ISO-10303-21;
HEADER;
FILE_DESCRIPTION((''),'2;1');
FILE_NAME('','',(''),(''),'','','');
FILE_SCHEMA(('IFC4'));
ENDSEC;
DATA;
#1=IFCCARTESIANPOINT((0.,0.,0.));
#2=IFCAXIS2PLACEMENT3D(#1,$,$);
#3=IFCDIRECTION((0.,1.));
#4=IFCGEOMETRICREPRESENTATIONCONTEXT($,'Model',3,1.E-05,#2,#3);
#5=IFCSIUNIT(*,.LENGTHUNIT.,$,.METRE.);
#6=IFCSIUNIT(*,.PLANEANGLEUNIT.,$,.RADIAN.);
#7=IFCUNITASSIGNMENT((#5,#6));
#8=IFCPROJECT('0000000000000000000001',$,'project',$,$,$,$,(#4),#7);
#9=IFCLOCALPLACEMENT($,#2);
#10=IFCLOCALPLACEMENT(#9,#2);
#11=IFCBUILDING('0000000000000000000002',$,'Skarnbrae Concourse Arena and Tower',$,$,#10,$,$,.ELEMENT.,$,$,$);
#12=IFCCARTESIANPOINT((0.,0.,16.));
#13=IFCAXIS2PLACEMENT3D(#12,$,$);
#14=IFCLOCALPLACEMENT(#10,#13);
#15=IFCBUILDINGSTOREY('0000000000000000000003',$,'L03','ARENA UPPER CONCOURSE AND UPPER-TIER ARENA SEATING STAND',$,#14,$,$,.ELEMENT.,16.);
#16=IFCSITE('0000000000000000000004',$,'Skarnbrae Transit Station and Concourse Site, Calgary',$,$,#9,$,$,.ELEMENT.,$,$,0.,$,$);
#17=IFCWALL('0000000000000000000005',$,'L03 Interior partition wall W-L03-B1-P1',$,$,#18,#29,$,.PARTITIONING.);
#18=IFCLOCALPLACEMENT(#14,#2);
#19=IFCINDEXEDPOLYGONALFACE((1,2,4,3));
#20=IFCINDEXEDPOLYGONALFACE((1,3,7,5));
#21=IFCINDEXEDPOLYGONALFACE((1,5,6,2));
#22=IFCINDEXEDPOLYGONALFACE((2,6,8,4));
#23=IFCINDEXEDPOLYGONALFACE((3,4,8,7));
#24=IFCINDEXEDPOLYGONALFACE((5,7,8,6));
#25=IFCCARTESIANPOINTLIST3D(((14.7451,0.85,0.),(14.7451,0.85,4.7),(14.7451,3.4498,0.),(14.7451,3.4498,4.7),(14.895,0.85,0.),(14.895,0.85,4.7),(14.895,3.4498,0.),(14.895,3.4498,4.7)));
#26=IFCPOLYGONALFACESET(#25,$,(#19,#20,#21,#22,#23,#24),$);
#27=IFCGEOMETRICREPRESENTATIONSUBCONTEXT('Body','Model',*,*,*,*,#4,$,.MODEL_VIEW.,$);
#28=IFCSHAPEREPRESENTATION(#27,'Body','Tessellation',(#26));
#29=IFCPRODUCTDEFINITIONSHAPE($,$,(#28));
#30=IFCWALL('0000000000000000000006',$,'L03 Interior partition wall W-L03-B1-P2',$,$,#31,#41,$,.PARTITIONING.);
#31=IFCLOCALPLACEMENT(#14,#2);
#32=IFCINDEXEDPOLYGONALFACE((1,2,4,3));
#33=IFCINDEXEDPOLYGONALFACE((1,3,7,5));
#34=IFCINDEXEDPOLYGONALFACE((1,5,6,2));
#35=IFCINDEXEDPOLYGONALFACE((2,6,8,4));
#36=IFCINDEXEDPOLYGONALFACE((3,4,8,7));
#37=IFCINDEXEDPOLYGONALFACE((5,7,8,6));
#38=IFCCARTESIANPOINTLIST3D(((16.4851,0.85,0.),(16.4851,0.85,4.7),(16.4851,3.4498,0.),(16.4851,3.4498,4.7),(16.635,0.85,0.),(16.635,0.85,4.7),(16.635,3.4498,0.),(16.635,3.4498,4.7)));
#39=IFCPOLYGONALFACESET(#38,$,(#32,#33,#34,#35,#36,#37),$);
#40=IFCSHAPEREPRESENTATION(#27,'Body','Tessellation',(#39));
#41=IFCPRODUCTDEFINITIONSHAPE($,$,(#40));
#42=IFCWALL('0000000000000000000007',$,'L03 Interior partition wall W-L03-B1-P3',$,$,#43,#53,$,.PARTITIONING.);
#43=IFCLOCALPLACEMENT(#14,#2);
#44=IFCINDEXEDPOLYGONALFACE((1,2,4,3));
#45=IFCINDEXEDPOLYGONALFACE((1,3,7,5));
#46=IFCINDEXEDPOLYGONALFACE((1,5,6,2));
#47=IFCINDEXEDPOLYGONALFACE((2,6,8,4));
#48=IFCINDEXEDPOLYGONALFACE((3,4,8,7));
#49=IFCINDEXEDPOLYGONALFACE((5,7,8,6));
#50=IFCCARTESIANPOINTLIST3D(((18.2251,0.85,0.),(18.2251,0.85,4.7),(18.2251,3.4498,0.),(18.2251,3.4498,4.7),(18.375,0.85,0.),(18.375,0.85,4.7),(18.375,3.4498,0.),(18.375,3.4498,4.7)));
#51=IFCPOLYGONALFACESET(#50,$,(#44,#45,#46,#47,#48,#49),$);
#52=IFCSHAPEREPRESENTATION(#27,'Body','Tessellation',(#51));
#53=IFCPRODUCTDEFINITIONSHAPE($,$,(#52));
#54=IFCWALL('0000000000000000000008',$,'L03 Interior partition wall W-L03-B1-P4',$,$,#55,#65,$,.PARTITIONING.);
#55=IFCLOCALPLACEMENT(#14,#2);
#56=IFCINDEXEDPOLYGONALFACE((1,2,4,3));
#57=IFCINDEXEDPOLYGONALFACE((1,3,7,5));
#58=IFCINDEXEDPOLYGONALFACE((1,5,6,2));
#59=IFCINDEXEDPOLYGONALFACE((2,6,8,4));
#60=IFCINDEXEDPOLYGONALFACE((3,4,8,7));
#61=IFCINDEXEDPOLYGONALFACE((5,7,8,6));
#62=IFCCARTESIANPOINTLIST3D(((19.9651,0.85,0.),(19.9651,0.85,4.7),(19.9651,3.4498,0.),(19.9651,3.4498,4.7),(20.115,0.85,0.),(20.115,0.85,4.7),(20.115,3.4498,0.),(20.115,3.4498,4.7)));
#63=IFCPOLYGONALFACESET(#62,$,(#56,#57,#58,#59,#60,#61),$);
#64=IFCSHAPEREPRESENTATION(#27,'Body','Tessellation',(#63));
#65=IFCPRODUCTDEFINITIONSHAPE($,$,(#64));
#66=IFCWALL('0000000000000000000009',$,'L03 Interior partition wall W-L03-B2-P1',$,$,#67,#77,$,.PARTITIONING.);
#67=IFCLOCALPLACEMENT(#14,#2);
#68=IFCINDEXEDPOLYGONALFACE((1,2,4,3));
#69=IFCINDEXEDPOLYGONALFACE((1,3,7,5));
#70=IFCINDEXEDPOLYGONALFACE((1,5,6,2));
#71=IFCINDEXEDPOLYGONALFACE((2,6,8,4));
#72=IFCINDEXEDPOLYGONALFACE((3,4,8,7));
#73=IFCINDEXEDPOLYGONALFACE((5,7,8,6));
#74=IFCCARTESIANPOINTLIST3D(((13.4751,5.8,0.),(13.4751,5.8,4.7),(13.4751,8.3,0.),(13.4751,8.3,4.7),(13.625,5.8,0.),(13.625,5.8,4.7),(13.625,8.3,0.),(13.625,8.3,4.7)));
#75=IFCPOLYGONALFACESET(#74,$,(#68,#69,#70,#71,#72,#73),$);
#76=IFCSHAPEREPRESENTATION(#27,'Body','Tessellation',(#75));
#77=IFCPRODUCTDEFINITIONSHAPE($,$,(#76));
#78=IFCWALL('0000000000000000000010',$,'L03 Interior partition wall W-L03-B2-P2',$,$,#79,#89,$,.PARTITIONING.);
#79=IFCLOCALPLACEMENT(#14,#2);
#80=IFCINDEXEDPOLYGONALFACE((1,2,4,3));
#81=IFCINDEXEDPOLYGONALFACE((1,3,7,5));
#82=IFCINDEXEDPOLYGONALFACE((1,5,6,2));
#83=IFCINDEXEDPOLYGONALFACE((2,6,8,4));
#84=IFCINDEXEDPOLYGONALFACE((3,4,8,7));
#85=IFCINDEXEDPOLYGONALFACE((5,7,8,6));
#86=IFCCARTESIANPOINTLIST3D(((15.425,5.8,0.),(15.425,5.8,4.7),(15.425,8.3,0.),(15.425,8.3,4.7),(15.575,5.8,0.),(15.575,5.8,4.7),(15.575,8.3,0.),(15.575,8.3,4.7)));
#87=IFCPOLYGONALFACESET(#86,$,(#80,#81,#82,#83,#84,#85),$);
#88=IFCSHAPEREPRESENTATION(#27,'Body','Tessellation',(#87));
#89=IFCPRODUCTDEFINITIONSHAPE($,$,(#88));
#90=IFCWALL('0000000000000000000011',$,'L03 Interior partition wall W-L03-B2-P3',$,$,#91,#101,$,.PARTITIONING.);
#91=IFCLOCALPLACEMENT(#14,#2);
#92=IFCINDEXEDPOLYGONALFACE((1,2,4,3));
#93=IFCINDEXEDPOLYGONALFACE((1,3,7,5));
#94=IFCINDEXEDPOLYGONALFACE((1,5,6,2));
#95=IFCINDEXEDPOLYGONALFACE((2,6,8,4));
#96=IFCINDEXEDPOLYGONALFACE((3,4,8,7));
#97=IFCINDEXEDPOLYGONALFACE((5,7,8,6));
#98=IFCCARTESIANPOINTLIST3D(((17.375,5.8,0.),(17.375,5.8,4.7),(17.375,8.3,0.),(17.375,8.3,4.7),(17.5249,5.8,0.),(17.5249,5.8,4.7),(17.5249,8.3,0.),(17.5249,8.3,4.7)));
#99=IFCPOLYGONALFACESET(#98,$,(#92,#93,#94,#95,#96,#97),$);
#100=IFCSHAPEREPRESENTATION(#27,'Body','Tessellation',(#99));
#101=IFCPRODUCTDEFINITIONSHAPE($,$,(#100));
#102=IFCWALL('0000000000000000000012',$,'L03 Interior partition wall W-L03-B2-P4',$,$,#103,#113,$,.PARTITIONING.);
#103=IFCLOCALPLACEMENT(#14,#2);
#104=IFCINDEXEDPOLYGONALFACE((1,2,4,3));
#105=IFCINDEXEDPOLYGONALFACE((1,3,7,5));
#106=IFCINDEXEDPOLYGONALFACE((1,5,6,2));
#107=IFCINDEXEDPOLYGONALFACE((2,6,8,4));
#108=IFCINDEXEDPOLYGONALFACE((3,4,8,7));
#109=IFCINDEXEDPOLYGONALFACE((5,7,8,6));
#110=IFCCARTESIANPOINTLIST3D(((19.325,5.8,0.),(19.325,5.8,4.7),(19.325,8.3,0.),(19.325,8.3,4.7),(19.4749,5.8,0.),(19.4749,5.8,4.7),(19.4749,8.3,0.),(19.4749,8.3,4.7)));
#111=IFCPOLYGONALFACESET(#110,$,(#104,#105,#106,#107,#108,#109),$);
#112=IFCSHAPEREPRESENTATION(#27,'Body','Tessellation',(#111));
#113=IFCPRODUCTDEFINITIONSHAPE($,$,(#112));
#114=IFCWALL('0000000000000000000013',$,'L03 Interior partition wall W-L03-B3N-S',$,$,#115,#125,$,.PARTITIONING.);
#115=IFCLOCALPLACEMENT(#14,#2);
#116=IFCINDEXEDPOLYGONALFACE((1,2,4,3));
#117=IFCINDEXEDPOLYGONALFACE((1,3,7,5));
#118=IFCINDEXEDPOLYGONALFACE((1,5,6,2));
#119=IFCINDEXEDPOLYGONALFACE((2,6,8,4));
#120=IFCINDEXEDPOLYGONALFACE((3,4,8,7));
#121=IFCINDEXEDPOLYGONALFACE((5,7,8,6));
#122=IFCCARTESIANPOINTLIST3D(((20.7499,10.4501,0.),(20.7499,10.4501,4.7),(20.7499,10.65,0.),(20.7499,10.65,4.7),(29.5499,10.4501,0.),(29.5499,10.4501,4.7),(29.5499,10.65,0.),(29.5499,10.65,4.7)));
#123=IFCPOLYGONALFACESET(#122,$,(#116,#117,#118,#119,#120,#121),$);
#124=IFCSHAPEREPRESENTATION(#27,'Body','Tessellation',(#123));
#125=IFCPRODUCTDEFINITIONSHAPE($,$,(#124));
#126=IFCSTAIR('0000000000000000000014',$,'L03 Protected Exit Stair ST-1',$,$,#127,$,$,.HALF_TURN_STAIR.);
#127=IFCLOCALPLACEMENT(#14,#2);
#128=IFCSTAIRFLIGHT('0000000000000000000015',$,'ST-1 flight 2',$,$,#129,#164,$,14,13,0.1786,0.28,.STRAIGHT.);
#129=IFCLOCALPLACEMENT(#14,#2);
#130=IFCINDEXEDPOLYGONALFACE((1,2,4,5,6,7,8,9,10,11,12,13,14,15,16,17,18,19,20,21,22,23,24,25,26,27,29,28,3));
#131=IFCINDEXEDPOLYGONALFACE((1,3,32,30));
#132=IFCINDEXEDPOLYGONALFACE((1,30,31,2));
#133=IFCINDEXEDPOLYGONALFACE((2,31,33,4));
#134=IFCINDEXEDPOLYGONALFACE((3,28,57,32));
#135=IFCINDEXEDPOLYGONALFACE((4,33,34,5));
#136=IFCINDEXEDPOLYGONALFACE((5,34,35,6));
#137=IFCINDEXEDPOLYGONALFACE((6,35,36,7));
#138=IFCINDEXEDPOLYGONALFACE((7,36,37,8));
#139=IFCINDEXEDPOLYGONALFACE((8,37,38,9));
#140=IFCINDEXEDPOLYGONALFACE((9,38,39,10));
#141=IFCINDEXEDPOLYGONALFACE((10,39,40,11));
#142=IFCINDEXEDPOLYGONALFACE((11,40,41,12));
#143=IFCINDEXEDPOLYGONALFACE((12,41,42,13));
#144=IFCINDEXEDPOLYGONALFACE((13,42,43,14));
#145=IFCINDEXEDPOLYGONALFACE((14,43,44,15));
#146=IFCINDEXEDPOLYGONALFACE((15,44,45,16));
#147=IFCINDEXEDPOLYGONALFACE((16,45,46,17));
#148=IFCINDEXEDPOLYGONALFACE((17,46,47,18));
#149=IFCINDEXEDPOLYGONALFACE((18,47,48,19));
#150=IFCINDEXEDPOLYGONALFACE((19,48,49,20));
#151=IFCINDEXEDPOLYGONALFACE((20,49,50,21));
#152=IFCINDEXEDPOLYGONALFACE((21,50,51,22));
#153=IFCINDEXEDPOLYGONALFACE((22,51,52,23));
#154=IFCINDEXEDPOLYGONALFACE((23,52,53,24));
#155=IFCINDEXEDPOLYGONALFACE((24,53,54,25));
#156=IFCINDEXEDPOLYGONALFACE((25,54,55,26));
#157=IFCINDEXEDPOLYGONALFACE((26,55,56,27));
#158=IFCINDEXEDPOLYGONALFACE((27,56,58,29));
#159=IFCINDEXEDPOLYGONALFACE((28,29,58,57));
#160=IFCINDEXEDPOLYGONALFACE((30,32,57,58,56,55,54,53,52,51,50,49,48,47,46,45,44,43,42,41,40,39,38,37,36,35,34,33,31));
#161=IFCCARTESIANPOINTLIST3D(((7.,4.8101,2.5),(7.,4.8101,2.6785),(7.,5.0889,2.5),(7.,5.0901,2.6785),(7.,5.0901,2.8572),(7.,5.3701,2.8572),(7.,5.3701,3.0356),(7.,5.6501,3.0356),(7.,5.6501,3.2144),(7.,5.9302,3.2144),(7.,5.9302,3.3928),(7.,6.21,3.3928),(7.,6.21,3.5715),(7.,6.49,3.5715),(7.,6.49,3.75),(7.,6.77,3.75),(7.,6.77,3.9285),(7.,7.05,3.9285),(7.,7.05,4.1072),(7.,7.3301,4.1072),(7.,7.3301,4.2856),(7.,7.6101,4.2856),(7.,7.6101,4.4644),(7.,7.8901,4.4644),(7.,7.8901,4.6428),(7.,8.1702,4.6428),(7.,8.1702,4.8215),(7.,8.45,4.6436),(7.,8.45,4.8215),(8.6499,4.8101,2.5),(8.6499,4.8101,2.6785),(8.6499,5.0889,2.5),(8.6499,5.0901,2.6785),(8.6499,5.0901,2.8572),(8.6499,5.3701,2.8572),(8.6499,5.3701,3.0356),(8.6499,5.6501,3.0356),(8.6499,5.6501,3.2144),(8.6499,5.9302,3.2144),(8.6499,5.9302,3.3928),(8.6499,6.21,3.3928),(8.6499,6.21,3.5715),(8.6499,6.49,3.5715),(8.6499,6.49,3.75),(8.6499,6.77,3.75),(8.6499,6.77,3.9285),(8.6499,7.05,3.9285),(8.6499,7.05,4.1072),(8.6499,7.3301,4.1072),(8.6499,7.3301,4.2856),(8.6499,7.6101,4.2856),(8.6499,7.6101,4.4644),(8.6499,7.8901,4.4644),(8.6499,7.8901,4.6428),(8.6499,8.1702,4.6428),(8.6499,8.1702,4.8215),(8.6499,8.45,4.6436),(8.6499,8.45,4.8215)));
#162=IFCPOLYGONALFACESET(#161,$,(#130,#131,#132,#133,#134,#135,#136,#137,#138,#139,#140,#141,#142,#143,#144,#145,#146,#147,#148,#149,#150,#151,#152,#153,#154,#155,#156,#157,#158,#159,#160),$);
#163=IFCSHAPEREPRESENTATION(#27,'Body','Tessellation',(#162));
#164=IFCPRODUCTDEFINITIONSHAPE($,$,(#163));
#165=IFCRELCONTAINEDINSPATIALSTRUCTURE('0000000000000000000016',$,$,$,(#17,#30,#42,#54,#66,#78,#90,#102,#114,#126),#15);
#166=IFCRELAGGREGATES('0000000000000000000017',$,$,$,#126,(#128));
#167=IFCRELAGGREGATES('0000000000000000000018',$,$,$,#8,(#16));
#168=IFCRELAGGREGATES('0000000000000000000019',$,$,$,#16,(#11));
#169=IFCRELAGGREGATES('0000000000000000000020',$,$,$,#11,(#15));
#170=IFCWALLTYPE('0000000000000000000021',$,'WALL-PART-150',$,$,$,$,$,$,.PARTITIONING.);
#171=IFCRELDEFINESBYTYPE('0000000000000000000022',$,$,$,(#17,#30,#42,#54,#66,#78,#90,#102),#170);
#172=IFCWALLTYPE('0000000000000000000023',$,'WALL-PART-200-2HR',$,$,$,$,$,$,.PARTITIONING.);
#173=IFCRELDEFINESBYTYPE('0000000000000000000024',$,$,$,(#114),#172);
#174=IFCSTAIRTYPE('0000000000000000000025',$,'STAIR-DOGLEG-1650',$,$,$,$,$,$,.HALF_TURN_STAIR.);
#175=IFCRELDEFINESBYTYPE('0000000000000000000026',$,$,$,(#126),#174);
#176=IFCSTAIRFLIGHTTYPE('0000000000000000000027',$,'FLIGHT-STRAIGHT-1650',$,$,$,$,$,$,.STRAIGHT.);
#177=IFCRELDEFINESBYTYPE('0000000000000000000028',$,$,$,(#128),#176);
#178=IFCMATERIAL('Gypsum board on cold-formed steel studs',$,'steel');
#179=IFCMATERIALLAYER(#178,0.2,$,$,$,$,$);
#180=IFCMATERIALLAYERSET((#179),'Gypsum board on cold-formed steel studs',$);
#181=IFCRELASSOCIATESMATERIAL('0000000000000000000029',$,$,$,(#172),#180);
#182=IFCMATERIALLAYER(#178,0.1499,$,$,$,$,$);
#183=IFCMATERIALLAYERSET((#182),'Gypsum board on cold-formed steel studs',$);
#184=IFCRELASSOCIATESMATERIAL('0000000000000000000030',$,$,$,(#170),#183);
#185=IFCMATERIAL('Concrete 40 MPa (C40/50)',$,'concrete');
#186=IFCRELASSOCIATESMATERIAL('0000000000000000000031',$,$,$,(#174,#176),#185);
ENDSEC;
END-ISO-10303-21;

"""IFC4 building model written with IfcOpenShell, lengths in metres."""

from ifc_helpers import new_model, si_unit, direction, frame, frame_2d, origin, place, context, subcontext, project, spatial, polyline, rectangle, outline, extrude, source, transform, mapped, material, layer, layer_set, type_object, element, aggregate, save


model = new_model("IFC4")

# Units and contexts
model_context = context("Model", 3, precision=1e-05, world=origin(), true_north=direction((0.0, 1.0)))
body_context = subcontext(model_context, "Body", "Model", "MODEL_VIEW")
ifc_project = project(units=[si_unit("LENGTHUNIT", "METRE"), si_unit("PLANEANGLEUNIT", "RADIAN")], contexts=[model_context])

# Site, building, storey
site_placement = place(None, origin())
site = spatial("IfcSite", under=ifc_project, at=site_placement, Name="Skarnbrae Transit Station and Concourse Site, Calgary", CompositionType="ELEMENT", RefElevation=0.0)
building_placement = place(site_placement, origin())
building = spatial("IfcBuilding", under=site, at=building_placement, Name="Skarnbrae Concourse Arena and Tower", CompositionType="ELEMENT")
storey_placement = place(building_placement, frame((0.0, 0.0, 16.0)))
storey = spatial("IfcBuildingStorey", under=building, at=storey_placement, Name="L03", Description="ARENA UPPER CONCOURSE AND UPPER-TIER ARENA SEATING STAND", CompositionType="ELEMENT", Elevation=16.0)

# Shared definitions
ifc_material_1 = material(Name="Gypsum board on cold-formed steel studs", Category="steel")
ifc_layer_1 = layer(ifc_material_1, 0.2)
ifc_layer_set_1 = layer_set([ifc_layer_1], Name="Gypsum board on cold-formed steel studs")
wall_type_1 = type_object("IfcWallType", Name="WALL-PART-200-2HR", PredefinedType="PARTITIONING", material=ifc_layer_set_1)

# Walls
ifc_layer_2 = layer(ifc_material_1, 0.1499)
ifc_layer_set_2 = layer_set([ifc_layer_2], Name="Gypsum board on cold-formed steel studs")
wall_type_2 = type_object("IfcWallType", Name="WALL-PART-150", PredefinedType="PARTITIONING", material=ifc_layer_set_2)
shared_shape_1 = source(origin(), body_context, "Body", "SweptSolid", [
    extrude(rectangle(XDim=2.5999, YDim=0.1499, at=frame_2d((1.2998, 0.0))), origin(), (0.0, 0.0, 1.0), 4.7),
])
for number, where, z_axis, x_axis, name in (
    (1, (14.8201, 0.8501, 0.0), (0.0, 0.0, 1.0), (0.0, 1.0, 0.0), "L03 Interior partition wall W-L03-B1-P1"),
    (2, (16.5601, 0.8501, 0.0), (0.0, 0.0, 1.0), (0.0, 1.0, 0.0), "L03 Interior partition wall W-L03-B1-P2"),
    (3, (18.3, 0.8501, 0.0), (0.0, 0.0, 1.0), (0.0, 1.0, 0.0), "L03 Interior partition wall W-L03-B1-P3"),
    (4, (20.04, 0.8501, 0.0), (0.0, 0.0, 1.0), (0.0, 1.0, 0.0), "L03 Interior partition wall W-L03-B1-P4"),
):
    element("IfcWall", number, at=place(storey_placement, frame(where, z_axis=z_axis, x_axis=x_axis)), inside=storey, type_object=wall_type_2, Name=name, PredefinedType="PARTITIONING", context=body_context, shape_type="MappedRepresentation", body=[
        mapped(shared_shape_1, transform((0.0, 0.0, 0.0))),
    ])
shared_shape_2 = source(origin(), body_context, "Body", "SweptSolid", [
    extrude(rectangle(XDim=2.5, YDim=0.1499, at=frame_2d((1.25, 0.0))), origin(), (0.0, 0.0, 1.0), 4.7),
])
for number, where, z_axis, x_axis, name in (
    (5, (13.55, 5.8, 0.0), (0.0, 0.0, 1.0), (0.0, 1.0, 0.0), "L03 Interior partition wall W-L03-B2-P1"),
    (6, (15.5, 5.8, 0.0), (0.0, 0.0, 1.0), (0.0, 1.0, 0.0), "L03 Interior partition wall W-L03-B2-P2"),
    (7, (17.45, 5.8, 0.0), (0.0, 0.0, 1.0), (0.0, 1.0, 0.0), "L03 Interior partition wall W-L03-B2-P3"),
    (8, (19.3999, 5.8, 0.0), (0.0, 0.0, 1.0), (0.0, 1.0, 0.0), "L03 Interior partition wall W-L03-B2-P4"),
):
    element("IfcWall", number, at=place(storey_placement, frame(where, z_axis=z_axis, x_axis=x_axis)), inside=storey, type_object=wall_type_2, Name=name, PredefinedType="PARTITIONING", context=body_context, shape_type="MappedRepresentation", body=[
        mapped(shared_shape_2, transform((0.0, 0.0, 0.0))),
    ])
shared_shape_3 = source(origin(), body_context, "Body", "SweptSolid", [
    extrude(rectangle(XDim=8.8, YDim=0.2, at=frame_2d((4.3999, 0.0))), origin(), (0.0, 0.0, 1.0), 4.7),
])
wall_1_placement = place(storey_placement, frame((20.75, 10.55, 0.0), z_axis=(0.0, 0.0, 1.0), x_axis=(1.0, 0.0, 0.0)))
element("IfcWall", 9, at=wall_1_placement, inside=storey, type_object=wall_type_1, Name="L03 Interior partition wall W-L03-B3N-S", PredefinedType="PARTITIONING", context=body_context, shape_type="MappedRepresentation", body=[
    mapped(shared_shape_3, transform((0.0, 0.0, 0.0))),
])

# Stair, stair flight
ifc_material_2 = material(Name="Concrete 40 MPa (C40/50)", Category="concrete")
stair_type = type_object("IfcStairType", Name="STAIR-DOGLEG-1650", PredefinedType="HALF_TURN_STAIR", material=ifc_material_2)
stair_placement = place(storey_placement, origin())
stair = element("IfcStair", 10, at=stair_placement, inside=storey, type_object=stair_type, Name="L03 Protected Exit Stair ST-1", PredefinedType="HALF_TURN_STAIR")
stair_flight_type = type_object("IfcStairFlightType", Name="FLIGHT-STRAIGHT-1650", PredefinedType="STRAIGHT", material=ifc_material_2)
shared_shape_4 = source(origin(), body_context, "Body", "SweptSolid", [
    extrude(outline(polyline([(0.0, 0.0), (0.0, 0.1785), (0.28, 0.1785), (0.28, 0.3572), (0.5601, 0.3572), (0.5601, 0.5356), (0.8401, 0.5356), (0.8401, 0.7144), (1.1201, 0.7144), (1.1201, 0.8928), (1.3999, 0.8928), (1.3999, 1.0715), (1.6799, 1.0715), (1.6799, 1.25), (1.96, 1.25), (1.96, 1.4285), (2.24, 1.4285), (2.24, 1.6072), (2.52, 1.6072), (2.52, 1.7856), (2.8, 1.7856), (2.8, 1.9644), (3.0801, 1.9644), (3.0801, 2.1428), (3.3601, 2.1428), (3.3601, 2.3215), (3.6399, 2.3215), (3.6399, 2.5), (3.6399, 2.1436), (0.2788, 0.0), (0.0, 0.0)])), frame((0.0, 0.825, 0.0), z_axis=(0.0, -1.0, 0.0), x_axis=(1.0, 0.0, 0.0)), (0.0, 0.0, 1.0), 1.6499),
])
stair_flight_placement = place(storey_placement, frame((7.825, 4.8101, 2.5), z_axis=(0.0, 0.0, 1.0), x_axis=(0.0, 1.0, 0.0)))
stair_flight = element("IfcStairFlight", 11, at=stair_flight_placement, type_object=stair_flight_type, Name="ST-1 flight 2", NumberOfRisers=14, NumberOfTreads=13, PredefinedType="STRAIGHT", RiserHeight=0.1786, TreadLength=0.28, context=body_context, shape_type="MappedRepresentation", body=[
    mapped(shared_shape_4, transform((0.0, 0.0, 0.0))),
])
aggregate(stair, [stair_flight])

save(model, "model.ifc")
